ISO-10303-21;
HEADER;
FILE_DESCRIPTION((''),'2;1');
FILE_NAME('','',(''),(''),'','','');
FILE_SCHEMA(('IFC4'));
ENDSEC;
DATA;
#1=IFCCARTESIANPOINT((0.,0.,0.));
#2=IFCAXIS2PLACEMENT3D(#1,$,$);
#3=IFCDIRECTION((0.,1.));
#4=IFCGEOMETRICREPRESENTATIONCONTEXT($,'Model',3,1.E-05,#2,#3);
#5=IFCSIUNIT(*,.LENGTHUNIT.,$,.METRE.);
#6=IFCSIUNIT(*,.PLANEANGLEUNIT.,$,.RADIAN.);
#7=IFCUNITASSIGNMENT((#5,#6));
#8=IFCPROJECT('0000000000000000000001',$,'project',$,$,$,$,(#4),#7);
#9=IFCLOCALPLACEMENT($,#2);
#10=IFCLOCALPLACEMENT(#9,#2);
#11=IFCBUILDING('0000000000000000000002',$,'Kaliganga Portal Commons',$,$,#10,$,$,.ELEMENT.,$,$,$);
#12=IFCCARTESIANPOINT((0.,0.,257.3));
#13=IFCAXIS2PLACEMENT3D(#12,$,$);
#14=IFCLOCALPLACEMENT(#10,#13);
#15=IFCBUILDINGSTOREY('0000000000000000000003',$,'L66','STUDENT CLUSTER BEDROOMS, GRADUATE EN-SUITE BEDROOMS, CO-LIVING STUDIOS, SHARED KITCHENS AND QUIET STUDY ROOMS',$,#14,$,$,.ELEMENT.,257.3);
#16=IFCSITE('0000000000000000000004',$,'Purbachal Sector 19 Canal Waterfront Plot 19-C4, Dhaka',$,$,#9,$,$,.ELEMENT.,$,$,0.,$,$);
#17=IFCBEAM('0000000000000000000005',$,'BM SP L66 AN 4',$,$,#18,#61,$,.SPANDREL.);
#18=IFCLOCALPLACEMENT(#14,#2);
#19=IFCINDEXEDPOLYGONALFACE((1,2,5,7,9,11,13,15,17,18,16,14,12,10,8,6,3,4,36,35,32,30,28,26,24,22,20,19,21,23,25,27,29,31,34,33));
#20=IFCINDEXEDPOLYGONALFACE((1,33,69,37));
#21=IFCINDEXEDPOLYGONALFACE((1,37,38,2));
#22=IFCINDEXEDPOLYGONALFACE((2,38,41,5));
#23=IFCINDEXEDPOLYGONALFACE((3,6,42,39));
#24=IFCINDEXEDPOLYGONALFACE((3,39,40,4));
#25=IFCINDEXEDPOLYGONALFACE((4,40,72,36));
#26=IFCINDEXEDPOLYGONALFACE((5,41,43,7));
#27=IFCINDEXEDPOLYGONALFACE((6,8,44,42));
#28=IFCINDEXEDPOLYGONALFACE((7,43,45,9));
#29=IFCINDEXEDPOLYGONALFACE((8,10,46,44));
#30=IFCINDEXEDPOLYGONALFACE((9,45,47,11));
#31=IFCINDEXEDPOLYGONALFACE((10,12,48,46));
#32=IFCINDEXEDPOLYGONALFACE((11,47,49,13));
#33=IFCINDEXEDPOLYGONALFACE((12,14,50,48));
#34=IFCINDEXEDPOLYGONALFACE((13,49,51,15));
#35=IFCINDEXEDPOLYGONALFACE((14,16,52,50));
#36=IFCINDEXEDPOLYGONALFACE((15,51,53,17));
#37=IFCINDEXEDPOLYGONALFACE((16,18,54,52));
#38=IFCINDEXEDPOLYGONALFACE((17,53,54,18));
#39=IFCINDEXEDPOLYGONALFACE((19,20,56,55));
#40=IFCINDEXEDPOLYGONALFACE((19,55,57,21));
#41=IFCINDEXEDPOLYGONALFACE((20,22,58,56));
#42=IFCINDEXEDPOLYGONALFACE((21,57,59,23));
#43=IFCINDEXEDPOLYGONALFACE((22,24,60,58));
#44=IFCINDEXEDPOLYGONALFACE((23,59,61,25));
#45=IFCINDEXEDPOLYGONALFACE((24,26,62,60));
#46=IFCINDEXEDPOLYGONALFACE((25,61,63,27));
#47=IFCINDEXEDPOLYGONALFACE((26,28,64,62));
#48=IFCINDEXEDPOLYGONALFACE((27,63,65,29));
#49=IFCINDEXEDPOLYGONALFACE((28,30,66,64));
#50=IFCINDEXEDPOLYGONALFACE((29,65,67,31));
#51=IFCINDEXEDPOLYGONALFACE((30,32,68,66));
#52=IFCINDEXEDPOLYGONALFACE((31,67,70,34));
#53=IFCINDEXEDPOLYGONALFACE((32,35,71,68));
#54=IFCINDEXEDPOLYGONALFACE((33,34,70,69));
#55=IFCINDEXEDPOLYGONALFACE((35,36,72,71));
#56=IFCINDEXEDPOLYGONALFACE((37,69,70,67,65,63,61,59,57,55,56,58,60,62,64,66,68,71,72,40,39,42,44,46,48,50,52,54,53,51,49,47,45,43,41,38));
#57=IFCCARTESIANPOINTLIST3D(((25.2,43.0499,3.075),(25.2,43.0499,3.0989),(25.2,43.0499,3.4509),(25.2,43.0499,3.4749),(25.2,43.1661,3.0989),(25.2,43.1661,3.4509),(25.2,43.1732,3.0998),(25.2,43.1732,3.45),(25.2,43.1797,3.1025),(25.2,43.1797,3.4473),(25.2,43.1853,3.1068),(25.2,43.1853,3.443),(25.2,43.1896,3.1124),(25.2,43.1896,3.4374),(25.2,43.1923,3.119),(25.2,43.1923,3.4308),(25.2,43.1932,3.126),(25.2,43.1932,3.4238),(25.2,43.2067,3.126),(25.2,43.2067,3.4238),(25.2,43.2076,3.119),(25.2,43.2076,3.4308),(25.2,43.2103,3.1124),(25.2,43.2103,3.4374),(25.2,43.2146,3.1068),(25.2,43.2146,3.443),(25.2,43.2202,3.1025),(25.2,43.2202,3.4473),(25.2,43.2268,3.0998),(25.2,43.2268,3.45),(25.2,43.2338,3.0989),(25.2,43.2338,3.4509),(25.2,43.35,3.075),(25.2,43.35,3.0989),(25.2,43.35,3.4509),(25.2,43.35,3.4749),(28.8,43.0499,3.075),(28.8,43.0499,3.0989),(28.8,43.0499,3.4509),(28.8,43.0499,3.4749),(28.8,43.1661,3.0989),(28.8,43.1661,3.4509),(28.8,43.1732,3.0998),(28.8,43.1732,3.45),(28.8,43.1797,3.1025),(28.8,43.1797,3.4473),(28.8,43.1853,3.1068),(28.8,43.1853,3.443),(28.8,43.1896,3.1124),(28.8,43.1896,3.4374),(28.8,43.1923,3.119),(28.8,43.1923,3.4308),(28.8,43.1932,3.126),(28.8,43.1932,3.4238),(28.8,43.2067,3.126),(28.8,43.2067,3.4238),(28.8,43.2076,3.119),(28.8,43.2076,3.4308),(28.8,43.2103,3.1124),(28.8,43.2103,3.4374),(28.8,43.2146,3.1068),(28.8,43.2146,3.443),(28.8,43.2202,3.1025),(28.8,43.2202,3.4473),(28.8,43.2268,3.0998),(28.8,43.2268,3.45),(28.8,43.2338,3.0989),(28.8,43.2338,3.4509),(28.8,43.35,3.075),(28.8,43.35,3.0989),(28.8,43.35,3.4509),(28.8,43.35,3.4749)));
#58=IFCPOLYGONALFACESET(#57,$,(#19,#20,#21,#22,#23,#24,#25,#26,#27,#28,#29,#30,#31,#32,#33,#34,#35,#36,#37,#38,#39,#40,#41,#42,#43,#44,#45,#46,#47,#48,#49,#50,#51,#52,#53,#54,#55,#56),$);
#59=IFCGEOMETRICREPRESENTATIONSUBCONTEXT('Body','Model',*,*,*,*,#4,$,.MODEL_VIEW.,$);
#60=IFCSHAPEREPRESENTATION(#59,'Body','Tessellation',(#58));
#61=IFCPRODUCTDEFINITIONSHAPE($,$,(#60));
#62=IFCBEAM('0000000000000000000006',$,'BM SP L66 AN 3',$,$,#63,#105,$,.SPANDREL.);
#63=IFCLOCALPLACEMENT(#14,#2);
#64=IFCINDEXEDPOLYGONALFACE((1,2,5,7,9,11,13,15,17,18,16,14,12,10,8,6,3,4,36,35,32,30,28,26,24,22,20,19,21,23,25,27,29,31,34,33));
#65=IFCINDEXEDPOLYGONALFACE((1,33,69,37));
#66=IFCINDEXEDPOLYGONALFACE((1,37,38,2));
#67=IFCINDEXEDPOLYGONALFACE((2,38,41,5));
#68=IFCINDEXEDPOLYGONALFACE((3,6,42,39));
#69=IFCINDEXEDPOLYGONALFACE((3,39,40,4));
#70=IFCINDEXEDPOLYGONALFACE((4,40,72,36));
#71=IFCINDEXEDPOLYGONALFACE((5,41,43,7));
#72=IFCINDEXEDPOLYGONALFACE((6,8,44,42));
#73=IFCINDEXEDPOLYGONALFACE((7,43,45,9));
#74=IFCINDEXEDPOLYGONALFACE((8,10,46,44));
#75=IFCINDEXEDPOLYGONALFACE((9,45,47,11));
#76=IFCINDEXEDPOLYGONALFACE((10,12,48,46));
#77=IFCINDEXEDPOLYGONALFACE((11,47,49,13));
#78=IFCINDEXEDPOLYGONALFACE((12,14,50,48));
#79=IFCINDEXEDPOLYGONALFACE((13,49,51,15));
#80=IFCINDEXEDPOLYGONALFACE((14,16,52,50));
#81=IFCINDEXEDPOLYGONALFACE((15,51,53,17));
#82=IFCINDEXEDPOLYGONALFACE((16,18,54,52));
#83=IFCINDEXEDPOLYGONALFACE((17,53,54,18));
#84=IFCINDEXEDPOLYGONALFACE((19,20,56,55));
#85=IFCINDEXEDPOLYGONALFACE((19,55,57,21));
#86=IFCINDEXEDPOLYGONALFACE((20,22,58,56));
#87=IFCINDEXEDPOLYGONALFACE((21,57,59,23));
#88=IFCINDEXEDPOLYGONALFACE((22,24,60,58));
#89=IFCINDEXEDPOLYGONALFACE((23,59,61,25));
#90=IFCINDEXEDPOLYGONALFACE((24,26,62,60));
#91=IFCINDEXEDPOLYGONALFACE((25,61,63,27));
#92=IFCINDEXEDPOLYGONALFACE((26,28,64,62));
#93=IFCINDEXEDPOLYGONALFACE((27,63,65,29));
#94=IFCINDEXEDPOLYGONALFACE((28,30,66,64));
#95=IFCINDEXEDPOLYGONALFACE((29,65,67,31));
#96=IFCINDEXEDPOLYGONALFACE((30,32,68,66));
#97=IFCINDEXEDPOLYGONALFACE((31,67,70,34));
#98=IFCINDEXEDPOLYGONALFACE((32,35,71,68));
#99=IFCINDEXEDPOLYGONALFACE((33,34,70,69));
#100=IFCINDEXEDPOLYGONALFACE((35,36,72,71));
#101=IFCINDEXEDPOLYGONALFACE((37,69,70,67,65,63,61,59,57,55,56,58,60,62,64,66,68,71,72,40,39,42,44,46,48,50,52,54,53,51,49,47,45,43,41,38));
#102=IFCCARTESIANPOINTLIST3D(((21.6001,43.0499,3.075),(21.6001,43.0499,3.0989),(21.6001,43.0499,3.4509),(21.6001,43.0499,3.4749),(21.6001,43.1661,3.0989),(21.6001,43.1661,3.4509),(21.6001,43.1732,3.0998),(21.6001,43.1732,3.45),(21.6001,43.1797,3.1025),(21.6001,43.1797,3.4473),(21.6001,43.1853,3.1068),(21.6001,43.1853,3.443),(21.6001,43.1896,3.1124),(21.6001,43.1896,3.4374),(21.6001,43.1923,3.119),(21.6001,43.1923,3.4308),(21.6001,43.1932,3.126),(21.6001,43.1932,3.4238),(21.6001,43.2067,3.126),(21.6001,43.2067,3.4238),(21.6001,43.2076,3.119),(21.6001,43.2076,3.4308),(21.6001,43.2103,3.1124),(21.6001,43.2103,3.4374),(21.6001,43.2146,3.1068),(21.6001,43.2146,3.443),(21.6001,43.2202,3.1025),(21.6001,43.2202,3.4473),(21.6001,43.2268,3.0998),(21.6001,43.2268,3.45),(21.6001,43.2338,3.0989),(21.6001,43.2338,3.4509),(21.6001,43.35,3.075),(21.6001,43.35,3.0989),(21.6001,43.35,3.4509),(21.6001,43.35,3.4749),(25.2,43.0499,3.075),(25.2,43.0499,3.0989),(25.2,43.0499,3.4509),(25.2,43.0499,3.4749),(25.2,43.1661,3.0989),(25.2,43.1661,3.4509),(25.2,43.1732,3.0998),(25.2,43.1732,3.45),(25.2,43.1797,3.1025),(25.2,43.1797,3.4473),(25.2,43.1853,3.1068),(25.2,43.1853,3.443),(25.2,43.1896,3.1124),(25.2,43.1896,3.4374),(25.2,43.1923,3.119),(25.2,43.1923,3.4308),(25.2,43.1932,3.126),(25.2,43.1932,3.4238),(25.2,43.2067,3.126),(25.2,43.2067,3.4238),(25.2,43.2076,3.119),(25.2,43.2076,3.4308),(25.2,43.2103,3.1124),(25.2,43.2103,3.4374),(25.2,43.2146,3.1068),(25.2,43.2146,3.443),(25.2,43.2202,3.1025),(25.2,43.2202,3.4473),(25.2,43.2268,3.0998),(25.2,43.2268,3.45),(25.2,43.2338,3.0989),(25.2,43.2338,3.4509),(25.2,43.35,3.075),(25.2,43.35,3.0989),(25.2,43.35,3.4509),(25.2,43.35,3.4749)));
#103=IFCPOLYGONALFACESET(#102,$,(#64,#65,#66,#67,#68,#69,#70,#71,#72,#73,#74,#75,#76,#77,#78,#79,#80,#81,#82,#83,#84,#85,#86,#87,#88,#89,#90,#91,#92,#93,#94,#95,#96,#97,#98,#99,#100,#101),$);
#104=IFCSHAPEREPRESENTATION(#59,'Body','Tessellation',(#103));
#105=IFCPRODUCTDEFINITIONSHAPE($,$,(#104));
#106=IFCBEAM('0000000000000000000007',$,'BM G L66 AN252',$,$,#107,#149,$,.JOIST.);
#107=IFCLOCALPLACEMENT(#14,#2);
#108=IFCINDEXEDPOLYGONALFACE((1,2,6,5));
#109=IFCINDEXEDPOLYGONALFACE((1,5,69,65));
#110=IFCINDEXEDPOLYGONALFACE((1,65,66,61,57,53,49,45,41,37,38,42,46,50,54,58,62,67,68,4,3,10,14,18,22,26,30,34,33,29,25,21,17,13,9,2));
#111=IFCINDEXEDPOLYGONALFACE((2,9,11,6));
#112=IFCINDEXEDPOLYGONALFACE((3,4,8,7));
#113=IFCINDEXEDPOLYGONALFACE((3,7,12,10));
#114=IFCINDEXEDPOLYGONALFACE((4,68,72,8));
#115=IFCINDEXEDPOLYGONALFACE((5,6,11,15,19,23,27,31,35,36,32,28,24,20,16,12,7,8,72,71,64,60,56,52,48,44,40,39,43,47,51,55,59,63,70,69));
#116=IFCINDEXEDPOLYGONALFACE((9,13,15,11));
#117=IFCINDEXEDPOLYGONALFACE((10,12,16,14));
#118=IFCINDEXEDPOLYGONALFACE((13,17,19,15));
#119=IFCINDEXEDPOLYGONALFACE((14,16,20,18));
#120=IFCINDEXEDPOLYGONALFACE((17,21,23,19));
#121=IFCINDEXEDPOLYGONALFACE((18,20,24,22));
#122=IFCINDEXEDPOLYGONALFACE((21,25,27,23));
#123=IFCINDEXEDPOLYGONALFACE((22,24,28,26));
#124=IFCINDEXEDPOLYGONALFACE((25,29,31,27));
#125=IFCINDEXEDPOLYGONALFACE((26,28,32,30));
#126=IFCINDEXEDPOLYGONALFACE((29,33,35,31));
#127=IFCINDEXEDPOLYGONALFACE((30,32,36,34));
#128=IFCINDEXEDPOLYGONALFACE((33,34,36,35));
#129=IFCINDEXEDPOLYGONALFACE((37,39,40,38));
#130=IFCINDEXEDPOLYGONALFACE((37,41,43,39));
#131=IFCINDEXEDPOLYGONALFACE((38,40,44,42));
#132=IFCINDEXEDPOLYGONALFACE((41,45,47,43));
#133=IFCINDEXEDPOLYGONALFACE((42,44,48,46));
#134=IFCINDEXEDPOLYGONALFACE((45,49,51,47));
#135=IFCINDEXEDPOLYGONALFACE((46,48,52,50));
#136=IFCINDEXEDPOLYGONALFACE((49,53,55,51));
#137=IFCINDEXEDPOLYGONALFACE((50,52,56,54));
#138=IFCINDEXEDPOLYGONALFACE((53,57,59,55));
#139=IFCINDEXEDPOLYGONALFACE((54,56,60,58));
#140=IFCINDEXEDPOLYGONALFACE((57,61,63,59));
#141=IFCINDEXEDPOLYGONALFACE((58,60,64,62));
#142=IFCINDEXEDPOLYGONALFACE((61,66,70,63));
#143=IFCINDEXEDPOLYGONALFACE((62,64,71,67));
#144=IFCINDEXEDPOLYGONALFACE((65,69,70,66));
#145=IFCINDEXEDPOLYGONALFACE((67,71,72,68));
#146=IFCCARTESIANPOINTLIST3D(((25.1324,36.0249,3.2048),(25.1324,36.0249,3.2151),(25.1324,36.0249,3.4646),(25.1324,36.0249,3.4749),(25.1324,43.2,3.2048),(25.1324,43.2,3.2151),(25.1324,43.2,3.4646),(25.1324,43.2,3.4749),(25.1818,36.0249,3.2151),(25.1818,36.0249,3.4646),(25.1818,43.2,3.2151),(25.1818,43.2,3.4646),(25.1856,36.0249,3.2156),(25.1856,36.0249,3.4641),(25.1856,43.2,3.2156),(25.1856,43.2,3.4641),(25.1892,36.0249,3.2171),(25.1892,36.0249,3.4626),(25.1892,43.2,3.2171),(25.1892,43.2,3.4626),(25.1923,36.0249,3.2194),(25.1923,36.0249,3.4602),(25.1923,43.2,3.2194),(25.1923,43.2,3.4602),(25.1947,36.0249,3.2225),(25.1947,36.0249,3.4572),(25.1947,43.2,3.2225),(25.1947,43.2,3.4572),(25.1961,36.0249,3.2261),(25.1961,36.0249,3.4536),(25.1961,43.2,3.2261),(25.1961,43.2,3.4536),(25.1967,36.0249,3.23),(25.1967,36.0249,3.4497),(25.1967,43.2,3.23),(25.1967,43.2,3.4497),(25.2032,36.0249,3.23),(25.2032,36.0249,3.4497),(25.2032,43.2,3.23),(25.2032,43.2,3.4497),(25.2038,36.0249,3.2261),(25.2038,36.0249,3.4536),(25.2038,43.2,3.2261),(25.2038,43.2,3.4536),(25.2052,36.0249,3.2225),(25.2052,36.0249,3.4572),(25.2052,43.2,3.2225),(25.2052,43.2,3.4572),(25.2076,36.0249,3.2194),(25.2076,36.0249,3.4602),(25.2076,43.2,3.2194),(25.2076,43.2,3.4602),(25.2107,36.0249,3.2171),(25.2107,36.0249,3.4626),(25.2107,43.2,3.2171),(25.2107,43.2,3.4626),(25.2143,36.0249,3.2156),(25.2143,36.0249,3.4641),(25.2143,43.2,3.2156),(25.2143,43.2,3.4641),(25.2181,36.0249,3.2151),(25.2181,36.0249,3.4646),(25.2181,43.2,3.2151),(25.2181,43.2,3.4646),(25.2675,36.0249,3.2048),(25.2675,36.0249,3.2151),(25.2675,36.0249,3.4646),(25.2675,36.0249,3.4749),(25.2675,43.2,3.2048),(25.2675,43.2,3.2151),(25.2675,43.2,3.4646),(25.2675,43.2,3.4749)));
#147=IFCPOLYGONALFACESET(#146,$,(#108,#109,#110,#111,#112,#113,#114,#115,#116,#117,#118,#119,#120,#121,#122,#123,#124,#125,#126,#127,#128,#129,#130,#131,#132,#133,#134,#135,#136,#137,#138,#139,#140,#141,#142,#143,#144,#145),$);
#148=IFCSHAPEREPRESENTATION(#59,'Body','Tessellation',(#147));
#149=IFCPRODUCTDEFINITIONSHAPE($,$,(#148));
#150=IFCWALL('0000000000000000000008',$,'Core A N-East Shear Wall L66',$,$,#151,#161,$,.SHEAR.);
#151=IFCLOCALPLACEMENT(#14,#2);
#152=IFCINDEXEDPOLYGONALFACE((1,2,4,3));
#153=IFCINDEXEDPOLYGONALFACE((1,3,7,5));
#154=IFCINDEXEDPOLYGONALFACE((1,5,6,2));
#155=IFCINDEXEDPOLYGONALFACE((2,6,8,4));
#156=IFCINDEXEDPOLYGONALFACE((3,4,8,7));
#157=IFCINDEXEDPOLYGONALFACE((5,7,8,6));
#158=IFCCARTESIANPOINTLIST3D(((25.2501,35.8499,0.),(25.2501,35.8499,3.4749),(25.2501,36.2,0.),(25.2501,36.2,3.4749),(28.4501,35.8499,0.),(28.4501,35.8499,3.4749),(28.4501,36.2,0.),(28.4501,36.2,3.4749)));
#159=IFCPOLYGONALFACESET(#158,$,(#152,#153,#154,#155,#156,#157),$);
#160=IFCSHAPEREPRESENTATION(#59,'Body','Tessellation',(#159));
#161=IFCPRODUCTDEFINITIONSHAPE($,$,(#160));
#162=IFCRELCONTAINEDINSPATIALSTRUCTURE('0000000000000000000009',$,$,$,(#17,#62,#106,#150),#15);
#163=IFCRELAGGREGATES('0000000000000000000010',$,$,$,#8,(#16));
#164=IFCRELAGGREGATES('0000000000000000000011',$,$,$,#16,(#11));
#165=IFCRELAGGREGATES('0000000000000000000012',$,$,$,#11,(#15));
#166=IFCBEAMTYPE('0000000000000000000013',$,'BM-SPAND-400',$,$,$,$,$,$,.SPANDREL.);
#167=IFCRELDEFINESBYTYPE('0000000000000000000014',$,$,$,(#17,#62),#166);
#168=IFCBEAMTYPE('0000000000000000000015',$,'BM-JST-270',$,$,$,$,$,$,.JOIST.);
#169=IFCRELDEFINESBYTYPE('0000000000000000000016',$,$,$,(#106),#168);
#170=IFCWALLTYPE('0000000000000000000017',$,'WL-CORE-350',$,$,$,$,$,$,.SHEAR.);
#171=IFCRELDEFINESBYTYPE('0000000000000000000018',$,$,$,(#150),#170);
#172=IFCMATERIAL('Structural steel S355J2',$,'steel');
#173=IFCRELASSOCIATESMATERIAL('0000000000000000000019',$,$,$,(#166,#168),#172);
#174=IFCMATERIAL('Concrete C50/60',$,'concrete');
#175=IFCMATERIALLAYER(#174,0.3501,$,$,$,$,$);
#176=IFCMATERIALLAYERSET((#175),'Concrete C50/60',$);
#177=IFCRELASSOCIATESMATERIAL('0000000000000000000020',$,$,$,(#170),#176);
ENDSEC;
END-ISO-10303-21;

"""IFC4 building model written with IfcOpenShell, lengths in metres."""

from ifc_helpers import new_model, si_unit, direction, frame, frame_2d, origin, origin_2d, place, context, subcontext, project, spatial, rectangle, i_section, extrude, source, transform, mapped, material, layer, layer_set, material_profile, profile_set, type_object, element, save


model = new_model("IFC4")

# Units and contexts
model_context = context("Model", 3, precision=1e-05, world=origin(), true_north=direction((0.0, 1.0)))
body_context = subcontext(model_context, "Body", "Model", "MODEL_VIEW")
ifc_project = project(units=[si_unit("LENGTHUNIT", "METRE"), si_unit("PLANEANGLEUNIT", "RADIAN")], contexts=[model_context])

# Site, building, storey
site_placement = place(None, origin())
site = spatial("IfcSite", under=ifc_project, at=site_placement, Name="Purbachal Sector 19 Canal Waterfront Plot 19-C4, Dhaka", CompositionType="ELEMENT", RefElevation=0.0)
building_placement = place(site_placement, origin())
building = spatial("IfcBuilding", under=site, at=building_placement, Name="Kaliganga Portal Commons", CompositionType="ELEMENT")
storey_placement = place(building_placement, frame((0.0, 0.0, 257.3)))
storey = spatial("IfcBuildingStorey", under=building, at=storey_placement, Name="L66", Description="STUDENT CLUSTER BEDROOMS, GRADUATE EN-SUITE BEDROOMS, CO-LIVING STUDIOS, SHARED KITCHENS AND QUIET STUDY ROOMS", CompositionType="ELEMENT", Elevation=257.3)

# Shared definitions
ifc_material_1 = material(Name="Concrete C50/60", Category="concrete")
ifc_material_2 = material(Name="Structural steel S355J2", Category="steel")

# Beams
ifc_material_profile_1 = material_profile(ifc_material_2, i_section(OverallWidth=0.3, OverallDepth=0.3999, WebThickness=0.0134, FlangeThickness=0.0239, FilletRadius=0.0271, at=origin_2d()), Name="HE 400 B")
ifc_profile_set_1 = profile_set([ifc_material_profile_1], Name="Structural steel S355J2 wide-flange")
beam_type_1 = type_object("IfcBeamType", Name="BM-SPAND-400", PredefinedType="SPANDREL", material=ifc_profile_set_1)
shared_shape_1 = source(origin(), body_context, "Body", "SweptSolid", [
    extrude(i_section(OverallWidth=0.3, OverallDepth=0.3999, WebThickness=0.0134, FlangeThickness=0.0239, FilletRadius=0.0271, at=origin_2d()), origin(), (0.0, 0.0, 1.0), 3.6001),
])
for number, where, z_axis, x_axis, name in (
    (1, (25.2, 43.2, 3.2749), (1.0, 0.0, 0.0), (0.0, 1.0, 0.0), "BM SP L66 AN 4"),
):
    element("IfcBeam", number, at=place(storey_placement, frame(where, z_axis=z_axis, x_axis=x_axis)), inside=storey, type_object=beam_type_1, Name=name, PredefinedType="SPANDREL", context=body_context, shape_type="MappedRepresentation", body=[
        mapped(shared_shape_1, transform((0.0, 0.0, 0.0), x_axis=(1.0, 0.0, 0.0), y_axis=(0.0, 1.0, 0.0), z_axis=(0.0, 0.0, 1.0), scale=1.0)),
    ])
shared_shape_2 = source(origin(), body_context, "Body", "SweptSolid", [
    extrude(i_section(OverallWidth=0.3, OverallDepth=0.3999, WebThickness=0.0134, FlangeThickness=0.0239, FilletRadius=0.0271, at=origin_2d()), origin(), (0.0, 0.0, 1.0), 3.5999),
])
beam_1_placement = place(storey_placement, frame((21.6001, 43.2, 3.2749), z_axis=(1.0, 0.0, 0.0), x_axis=(0.0, 1.0, 0.0)))
element("IfcBeam", 2, at=beam_1_placement, inside=storey, type_object=beam_type_1, Name="BM SP L66 AN 3", PredefinedType="SPANDREL", context=body_context, shape_type="MappedRepresentation", body=[
    mapped(shared_shape_2, transform((0.0, 0.0, 0.0), x_axis=(1.0, 0.0, 0.0), y_axis=(0.0, 1.0, 0.0), z_axis=(0.0, 0.0, 1.0), scale=1.0)),
])
ifc_material_profile_2 = material_profile(ifc_material_2, i_section(OverallWidth=0.135, OverallDepth=0.27, WebThickness=0.0066, FlangeThickness=0.0103, FilletRadius=0.0149, at=origin_2d()), Name="IPE 270")
ifc_profile_set_2 = profile_set([ifc_material_profile_2], Name="Structural steel S355J2 wide-flange")
beam_type_2 = type_object("IfcBeamType", Name="BM-JST-270", PredefinedType="JOIST", material=ifc_profile_set_2)
shared_shape_3 = source(origin(), body_context, "Body", "SweptSolid", [
    extrude(i_section(OverallWidth=0.135, OverallDepth=0.27, WebThickness=0.0066, FlangeThickness=0.0103, FilletRadius=0.0149, at=origin_2d()), origin(), (0.0, 0.0, 1.0), 7.175),
])
beam_2_placement = place(storey_placement, frame((25.2, 36.0249, 3.3398), z_axis=(0.0, 1.0, 0.0), x_axis=(-1.0, 0.0, 0.0)))
element("IfcBeam", 3, at=beam_2_placement, inside=storey, type_object=beam_type_2, Name="BM G L66 AN252", PredefinedType="JOIST", context=body_context, shape_type="MappedRepresentation", body=[
    mapped(shared_shape_3, transform((0.0, 0.0, 0.0), x_axis=(1.0, 0.0, 0.0), y_axis=(0.0, 1.0, 0.0), z_axis=(0.0, 0.0, 1.0), scale=1.0)),
])

# Wall
ifc_layer_1 = layer(ifc_material_1, 0.3501)
ifc_layer_set_1 = layer_set([ifc_layer_1], Name="Concrete C50/60")
wall_type_1 = type_object("IfcWallType", Name="WL-CORE-350", PredefinedType="SHEAR", material=ifc_layer_set_1)
wall_1_placement = place(storey_placement, frame((25.25, 36.0249, 0.0), z_axis=(0.0, 0.0, 1.0), x_axis=(1.0, 0.0, 0.0)))
element("IfcWall", 4, at=wall_1_placement, inside=storey, type_object=wall_type_1, Name="Core A N-East Shear Wall L66", PredefinedType="SHEAR", context=body_context, shape_type="SweptSolid", body=[
    extrude(rectangle(XDim=3.2, YDim=0.3501, at=frame_2d((1.6001, 0.0))), origin(), (0.0, 0.0, 1.0), 3.4749),
])

save(model, "model.ifc")
